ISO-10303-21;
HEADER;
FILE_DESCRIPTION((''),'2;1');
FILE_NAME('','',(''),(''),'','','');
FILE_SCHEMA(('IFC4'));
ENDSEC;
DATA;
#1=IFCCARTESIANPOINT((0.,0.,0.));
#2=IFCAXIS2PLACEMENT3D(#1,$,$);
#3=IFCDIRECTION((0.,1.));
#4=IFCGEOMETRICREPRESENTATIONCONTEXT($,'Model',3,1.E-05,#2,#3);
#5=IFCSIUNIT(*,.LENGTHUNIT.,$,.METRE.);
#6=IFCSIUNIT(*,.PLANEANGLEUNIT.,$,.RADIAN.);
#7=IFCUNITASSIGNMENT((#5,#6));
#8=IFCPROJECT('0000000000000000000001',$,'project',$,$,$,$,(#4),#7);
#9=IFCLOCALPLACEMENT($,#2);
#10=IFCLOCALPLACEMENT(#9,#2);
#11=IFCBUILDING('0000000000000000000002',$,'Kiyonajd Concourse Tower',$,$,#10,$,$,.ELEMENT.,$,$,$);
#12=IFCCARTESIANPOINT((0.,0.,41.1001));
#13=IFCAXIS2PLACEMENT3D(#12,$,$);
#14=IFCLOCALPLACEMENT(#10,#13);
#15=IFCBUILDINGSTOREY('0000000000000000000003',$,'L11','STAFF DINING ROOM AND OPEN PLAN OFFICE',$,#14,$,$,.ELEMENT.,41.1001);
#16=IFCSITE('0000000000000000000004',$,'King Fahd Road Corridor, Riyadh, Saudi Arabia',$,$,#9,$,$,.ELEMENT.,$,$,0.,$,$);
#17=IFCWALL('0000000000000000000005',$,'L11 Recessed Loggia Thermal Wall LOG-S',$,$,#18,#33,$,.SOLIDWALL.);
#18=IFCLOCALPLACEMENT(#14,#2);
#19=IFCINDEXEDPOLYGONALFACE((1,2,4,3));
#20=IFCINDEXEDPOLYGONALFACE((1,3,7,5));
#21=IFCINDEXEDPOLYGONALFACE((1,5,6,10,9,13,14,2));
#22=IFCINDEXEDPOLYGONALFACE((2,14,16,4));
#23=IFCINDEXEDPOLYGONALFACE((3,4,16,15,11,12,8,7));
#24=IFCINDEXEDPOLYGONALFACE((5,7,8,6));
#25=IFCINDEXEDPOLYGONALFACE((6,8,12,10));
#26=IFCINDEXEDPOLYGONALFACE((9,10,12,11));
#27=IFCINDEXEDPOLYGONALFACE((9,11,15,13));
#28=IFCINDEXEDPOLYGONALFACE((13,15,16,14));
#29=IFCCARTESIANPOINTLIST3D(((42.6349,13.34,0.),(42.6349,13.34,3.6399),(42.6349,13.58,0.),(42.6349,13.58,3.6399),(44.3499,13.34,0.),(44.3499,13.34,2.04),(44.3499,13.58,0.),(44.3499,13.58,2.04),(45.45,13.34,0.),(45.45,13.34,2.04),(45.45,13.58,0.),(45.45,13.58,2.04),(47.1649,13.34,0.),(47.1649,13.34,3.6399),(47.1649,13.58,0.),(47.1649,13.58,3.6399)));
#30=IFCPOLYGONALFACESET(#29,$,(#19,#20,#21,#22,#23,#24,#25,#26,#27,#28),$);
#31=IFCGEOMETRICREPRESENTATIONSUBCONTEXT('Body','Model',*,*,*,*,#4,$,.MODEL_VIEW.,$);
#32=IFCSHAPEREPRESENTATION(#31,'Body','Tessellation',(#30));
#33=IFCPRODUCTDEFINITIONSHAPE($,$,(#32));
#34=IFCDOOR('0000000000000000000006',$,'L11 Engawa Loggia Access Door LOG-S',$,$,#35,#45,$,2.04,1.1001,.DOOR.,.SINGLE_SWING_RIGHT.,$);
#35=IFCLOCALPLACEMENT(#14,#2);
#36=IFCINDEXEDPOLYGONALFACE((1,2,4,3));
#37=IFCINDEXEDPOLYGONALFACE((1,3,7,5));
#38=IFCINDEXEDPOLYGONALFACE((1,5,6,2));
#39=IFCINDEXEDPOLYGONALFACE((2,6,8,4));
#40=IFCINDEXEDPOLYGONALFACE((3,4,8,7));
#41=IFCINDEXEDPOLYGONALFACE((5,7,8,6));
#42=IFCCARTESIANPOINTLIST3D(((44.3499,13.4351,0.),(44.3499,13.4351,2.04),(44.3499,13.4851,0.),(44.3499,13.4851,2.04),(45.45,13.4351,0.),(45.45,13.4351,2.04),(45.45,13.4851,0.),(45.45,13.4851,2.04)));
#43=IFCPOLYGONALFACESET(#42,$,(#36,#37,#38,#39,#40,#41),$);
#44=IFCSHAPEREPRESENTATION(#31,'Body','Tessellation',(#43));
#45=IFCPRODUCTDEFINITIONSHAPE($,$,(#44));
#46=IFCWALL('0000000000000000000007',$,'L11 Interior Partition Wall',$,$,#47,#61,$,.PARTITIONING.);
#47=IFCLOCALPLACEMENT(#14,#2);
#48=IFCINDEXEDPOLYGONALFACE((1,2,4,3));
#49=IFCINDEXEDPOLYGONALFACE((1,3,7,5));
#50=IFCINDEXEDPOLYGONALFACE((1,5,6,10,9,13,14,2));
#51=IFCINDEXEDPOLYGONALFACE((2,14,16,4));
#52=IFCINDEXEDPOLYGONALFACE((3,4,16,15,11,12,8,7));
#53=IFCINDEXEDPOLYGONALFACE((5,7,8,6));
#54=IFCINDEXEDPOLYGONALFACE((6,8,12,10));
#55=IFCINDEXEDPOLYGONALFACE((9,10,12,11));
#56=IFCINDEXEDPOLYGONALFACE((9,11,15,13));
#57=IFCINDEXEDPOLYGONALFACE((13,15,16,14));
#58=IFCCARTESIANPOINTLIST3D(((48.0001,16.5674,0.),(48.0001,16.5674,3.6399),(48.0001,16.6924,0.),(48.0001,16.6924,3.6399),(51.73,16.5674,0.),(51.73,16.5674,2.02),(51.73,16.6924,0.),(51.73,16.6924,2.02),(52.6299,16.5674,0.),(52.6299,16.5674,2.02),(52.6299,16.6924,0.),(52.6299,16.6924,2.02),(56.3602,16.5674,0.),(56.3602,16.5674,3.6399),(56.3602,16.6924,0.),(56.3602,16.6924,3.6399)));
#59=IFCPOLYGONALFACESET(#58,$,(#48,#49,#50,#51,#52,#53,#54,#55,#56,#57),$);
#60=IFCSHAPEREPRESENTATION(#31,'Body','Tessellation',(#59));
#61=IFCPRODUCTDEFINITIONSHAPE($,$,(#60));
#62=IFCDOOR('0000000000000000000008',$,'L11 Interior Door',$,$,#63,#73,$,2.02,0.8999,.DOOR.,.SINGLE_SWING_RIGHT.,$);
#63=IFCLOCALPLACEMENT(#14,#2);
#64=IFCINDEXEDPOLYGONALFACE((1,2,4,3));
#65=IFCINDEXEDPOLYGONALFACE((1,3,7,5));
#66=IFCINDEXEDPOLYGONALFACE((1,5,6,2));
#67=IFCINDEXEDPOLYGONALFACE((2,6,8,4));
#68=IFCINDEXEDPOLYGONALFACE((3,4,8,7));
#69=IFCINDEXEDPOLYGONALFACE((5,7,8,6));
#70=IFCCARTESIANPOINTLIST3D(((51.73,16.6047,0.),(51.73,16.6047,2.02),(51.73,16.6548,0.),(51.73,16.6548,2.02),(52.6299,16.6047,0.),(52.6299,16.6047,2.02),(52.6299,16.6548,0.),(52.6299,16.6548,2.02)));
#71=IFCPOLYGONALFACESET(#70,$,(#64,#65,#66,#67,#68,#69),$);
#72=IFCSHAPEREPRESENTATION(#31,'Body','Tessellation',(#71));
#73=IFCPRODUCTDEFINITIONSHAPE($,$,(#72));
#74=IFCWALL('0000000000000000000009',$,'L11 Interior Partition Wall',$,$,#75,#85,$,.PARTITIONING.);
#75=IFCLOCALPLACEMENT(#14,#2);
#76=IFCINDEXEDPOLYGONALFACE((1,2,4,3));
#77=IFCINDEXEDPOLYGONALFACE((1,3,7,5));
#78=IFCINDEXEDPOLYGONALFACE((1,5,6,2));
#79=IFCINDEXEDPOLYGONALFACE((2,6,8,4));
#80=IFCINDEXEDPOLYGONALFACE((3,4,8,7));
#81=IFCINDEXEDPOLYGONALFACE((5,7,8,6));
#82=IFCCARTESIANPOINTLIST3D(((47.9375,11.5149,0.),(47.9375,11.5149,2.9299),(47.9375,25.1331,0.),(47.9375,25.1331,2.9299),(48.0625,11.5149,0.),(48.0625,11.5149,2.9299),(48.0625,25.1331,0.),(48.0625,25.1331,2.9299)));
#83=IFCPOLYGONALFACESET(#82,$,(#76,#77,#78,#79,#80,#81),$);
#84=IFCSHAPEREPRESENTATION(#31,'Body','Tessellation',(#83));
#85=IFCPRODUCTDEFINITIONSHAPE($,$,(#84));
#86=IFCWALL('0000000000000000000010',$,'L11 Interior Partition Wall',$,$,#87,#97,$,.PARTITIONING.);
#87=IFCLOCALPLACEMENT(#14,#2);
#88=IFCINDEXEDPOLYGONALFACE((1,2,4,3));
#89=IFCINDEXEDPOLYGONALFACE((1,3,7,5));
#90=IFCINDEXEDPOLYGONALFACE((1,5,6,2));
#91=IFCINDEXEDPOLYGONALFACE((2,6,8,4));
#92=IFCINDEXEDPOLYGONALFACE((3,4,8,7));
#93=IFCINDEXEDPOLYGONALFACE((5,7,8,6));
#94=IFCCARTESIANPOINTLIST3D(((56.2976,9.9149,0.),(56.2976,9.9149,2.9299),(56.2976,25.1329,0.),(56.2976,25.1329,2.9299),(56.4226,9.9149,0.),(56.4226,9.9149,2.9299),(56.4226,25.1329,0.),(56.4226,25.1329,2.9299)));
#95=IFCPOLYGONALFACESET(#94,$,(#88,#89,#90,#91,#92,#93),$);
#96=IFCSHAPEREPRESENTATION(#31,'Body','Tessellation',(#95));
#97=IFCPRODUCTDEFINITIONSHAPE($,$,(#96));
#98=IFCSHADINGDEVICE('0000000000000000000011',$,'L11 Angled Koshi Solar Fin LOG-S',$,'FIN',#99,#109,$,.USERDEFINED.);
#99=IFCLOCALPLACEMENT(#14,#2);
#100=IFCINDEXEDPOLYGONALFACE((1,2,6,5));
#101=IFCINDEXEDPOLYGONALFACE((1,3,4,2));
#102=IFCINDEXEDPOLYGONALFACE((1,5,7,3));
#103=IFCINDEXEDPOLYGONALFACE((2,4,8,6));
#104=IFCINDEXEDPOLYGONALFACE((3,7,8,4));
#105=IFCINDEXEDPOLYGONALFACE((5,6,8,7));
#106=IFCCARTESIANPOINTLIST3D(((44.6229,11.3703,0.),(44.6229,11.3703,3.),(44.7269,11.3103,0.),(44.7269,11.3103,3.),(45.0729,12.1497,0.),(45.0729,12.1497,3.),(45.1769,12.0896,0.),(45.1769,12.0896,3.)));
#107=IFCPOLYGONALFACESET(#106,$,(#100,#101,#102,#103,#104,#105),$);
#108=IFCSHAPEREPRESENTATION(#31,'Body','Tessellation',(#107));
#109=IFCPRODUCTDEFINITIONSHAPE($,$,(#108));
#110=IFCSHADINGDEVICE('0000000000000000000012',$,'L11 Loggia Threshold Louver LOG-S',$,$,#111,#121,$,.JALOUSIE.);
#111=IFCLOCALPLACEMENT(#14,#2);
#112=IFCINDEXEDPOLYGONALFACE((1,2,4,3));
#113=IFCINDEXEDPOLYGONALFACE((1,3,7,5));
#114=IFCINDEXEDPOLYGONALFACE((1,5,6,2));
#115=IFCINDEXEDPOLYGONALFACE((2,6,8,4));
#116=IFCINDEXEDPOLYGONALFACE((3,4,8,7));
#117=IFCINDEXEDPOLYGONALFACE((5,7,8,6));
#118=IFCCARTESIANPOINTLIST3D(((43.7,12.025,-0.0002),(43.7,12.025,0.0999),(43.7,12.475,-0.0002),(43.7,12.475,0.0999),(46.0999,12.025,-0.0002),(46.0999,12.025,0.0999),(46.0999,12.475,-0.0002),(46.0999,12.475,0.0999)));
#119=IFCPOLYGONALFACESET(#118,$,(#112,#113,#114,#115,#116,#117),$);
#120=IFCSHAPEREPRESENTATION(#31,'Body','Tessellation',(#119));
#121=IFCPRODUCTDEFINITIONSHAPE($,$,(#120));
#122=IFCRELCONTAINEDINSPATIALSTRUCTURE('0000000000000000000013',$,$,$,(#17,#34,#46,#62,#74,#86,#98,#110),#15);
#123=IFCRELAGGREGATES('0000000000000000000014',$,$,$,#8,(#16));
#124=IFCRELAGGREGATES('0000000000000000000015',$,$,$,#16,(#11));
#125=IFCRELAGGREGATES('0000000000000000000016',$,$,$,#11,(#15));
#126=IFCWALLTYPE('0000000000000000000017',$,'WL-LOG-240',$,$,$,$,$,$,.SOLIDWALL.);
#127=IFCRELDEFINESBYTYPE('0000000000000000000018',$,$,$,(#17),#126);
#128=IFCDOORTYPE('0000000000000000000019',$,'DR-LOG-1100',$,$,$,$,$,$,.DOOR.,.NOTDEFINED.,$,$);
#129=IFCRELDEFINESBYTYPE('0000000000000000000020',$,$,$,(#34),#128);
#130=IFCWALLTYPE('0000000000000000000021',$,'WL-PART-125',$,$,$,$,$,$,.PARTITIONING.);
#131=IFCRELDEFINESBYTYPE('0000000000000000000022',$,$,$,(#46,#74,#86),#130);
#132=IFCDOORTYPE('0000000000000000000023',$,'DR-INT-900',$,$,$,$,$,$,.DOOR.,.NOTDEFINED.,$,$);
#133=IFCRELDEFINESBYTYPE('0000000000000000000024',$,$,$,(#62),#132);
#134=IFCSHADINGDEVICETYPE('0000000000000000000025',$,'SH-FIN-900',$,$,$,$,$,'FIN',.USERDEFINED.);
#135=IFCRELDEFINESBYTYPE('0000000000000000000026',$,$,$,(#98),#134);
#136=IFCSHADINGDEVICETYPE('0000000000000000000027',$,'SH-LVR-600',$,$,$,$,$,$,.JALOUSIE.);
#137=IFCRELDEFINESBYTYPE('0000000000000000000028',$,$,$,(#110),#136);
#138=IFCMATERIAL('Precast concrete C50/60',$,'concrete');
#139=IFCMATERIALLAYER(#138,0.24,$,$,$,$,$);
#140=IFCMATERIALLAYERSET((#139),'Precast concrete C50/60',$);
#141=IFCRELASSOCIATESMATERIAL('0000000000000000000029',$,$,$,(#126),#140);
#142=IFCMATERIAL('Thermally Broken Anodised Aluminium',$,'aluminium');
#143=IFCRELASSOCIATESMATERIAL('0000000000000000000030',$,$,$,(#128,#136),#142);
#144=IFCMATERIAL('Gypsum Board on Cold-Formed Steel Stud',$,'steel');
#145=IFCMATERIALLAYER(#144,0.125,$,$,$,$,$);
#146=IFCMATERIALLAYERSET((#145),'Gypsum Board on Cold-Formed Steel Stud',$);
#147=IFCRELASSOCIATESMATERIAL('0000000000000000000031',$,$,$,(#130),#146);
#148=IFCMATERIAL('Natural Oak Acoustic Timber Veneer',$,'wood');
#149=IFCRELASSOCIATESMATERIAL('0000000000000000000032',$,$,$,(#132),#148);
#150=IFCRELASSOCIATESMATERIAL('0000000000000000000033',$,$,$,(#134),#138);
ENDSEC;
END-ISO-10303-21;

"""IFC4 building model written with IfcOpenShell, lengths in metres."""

from ifc_helpers import new_model, si_unit, direction, frame, frame_2d, origin, origin_2d, place, context, subcontext, project, spatial, rectangle, extrude, material, layer, layer_set, type_object, element, fill, save


model = new_model("IFC4")

# Units and contexts
model_context = context("Model", 3, precision=1e-05, world=origin(), true_north=direction((0.0, 1.0)))
body_context = subcontext(model_context, "Body", "Model", "MODEL_VIEW")
ifc_project = project(units=[si_unit("LENGTHUNIT", "METRE"), si_unit("PLANEANGLEUNIT", "RADIAN")], contexts=[model_context])

# Site, building, storey
site_placement = place(None, origin())
site = spatial("IfcSite", under=ifc_project, at=site_placement, Name="King Fahd Road Corridor, Riyadh, Saudi Arabia", CompositionType="ELEMENT", RefElevation=0.0)
building_placement = place(site_placement, origin())
building = spatial("IfcBuilding", under=site, at=building_placement, Name="Kiyonajd Concourse Tower", CompositionType="ELEMENT")
storey_placement = place(building_placement, frame((0.0, 0.0, 41.1001)))
storey = spatial("IfcBuildingStorey", under=building, at=storey_placement, Name="L11", Description="STAFF DINING ROOM AND OPEN PLAN OFFICE", CompositionType="ELEMENT", Elevation=41.1001)

# Shared definitions
ifc_material_1 = material(Name="Precast concrete C50/60", Category="concrete")

# Shared definitions
ifc_material_2 = material(Name="Thermally Broken Anodised Aluminium", Category="aluminium")

# Walls, openings, doors
ifc_layer_1 = layer(ifc_material_1, 0.24)
ifc_layer_set_1 = layer_set([ifc_layer_1], Name="Precast concrete C50/60")
wall_type_1 = type_object("IfcWallType", Name="WL-LOG-240", PredefinedType="SOLIDWALL", material=ifc_layer_set_1)
wall_1_placement = place(storey_placement, frame((47.165, 13.46, 0.0), z_axis=(0.0, 0.0, 1.0), x_axis=(-1.0, 0.0, 0.0)))
wall_1 = element("IfcWall", 1, at=wall_1_placement, inside=storey, type_object=wall_type_1, Name="L11 Recessed Loggia Thermal Wall LOG-S", PredefinedType="SOLIDWALL", context=body_context, shape_type="SweptSolid", body=[
    extrude(rectangle(XDim=4.53, YDim=0.24, at=frame_2d((2.2651, 0.0))), origin(), (0.0, 0.0, 1.0), 3.6399),
])
opening_1_placement = place(wall_1_placement, frame((1.7151, 0.0, 0.0)))
opening_1 = element("IfcOpeningElement", 2, at=opening_1_placement, cuts=wall_1, PredefinedType="OPENING", context=body_context, shape_type="SweptSolid", body=[
    extrude(rectangle(XDim=1.1001, YDim=2.04, at=frame_2d((0.55, 1.02))), frame((0.0, 0.1299, 0.0), z_axis=(0.0, -1.0, 0.0), x_axis=(1.0, 0.0, 0.0)), (0.0, 0.0, 1.0), 0.26),
])
door_type_1 = type_object("IfcDoorType", Name="DR-LOG-1100", OperationType="NOTDEFINED", PredefinedType="DOOR", material=ifc_material_2)
door_1_placement = place(opening_1_placement, origin())
door_1 = element("IfcDoor", 3, at=door_1_placement, inside=storey, type_object=door_type_1, Name="L11 Engawa Loggia Access Door LOG-S", OperationType="SINGLE_SWING_RIGHT", OverallHeight=2.04, OverallWidth=1.1001, PredefinedType="DOOR", context=body_context, shape_type="SweptSolid", body=[
    extrude(rectangle(XDim=1.1001, YDim=2.04, at=frame_2d((0.55, 1.02))), frame((0.0, 0.0249, 0.0), z_axis=(0.0, -1.0, 0.0), x_axis=(1.0, 0.0, 0.0)), (0.0, 0.0, 1.0), 0.05),
])
fill(opening_1, door_1)
ifc_material_3 = material(Name="Gypsum Board on Cold-Formed Steel Stud", Category="steel")
ifc_layer_2 = layer(ifc_material_3, 0.125)
ifc_layer_set_2 = layer_set([ifc_layer_2], Name="Gypsum Board on Cold-Formed Steel Stud")
wall_type_2 = type_object("IfcWallType", Name="WL-PART-125", PredefinedType="PARTITIONING", material=ifc_layer_set_2)
wall_2_placement = place(storey_placement, frame((48.0, 16.6299, 0.0), z_axis=(0.0, 0.0, 1.0), x_axis=(1.0, 0.0, 0.0)))
wall_2 = element("IfcWall", 4, at=wall_2_placement, inside=storey, type_object=wall_type_2, Name="L11 Interior Partition Wall", PredefinedType="PARTITIONING", context=body_context, shape_type="SweptSolid", body=[
    extrude(rectangle(XDim=8.3601, YDim=0.125, at=frame_2d((4.1802, 0.0))), origin(), (0.0, 0.0, 1.0), 3.6399),
])
opening_2_placement = place(wall_2_placement, frame((3.73, 0.0, 0.0)))
opening_2 = element("IfcOpeningElement", 5, at=opening_2_placement, cuts=wall_2, PredefinedType="OPENING", context=body_context, shape_type="SweptSolid", body=[
    extrude(rectangle(XDim=0.8999, YDim=2.02, at=frame_2d((0.45, 1.01))), frame((0.0, 0.0725, 0.0), z_axis=(0.0, -1.0, 0.0), x_axis=(1.0, 0.0, 0.0)), (0.0, 0.0, 1.0), 0.145),
])
ifc_material_4 = material(Name="Natural Oak Acoustic Timber Veneer", Category="wood")
door_type_2 = type_object("IfcDoorType", Name="DR-INT-900", OperationType="NOTDEFINED", PredefinedType="DOOR", material=ifc_material_4)
door_2_placement = place(opening_2_placement, origin())
door_2 = element("IfcDoor", 6, at=door_2_placement, inside=storey, type_object=door_type_2, Name="L11 Interior Door", OperationType="SINGLE_SWING_RIGHT", OverallHeight=2.02, OverallWidth=0.8999, PredefinedType="DOOR", context=body_context, shape_type="SweptSolid", body=[
    extrude(rectangle(XDim=0.8999, YDim=2.02, at=frame_2d((0.45, 1.01))), frame((0.0, 0.0249, 0.0), z_axis=(0.0, -1.0, 0.0), x_axis=(1.0, 0.0, 0.0)), (0.0, 0.0, 1.0), 0.05),
])
fill(opening_2, door_2)

# Walls
wall_3_placement = place(storey_placement, frame((48.0, 11.5149, 0.0), z_axis=(0.0, 0.0, 1.0), x_axis=(0.0, 1.0, 0.0)))
element("IfcWall", 7, at=wall_3_placement, inside=storey, type_object=wall_type_2, Name="L11 Interior Partition Wall", PredefinedType="PARTITIONING", context=body_context, shape_type="SweptSolid", body=[
    extrude(rectangle(XDim=13.6182, YDim=0.125, at=frame_2d((6.8091, 0.0))), origin(), (0.0, 0.0, 1.0), 2.9299),
])
wall_4_placement = place(storey_placement, frame((56.3601, 9.915, 0.0), z_axis=(0.0, 0.0, 1.0), x_axis=(0.0, 1.0, 0.0)))
element("IfcWall", 8, at=wall_4_placement, inside=storey, type_object=wall_type_2, Name="L11 Interior Partition Wall", PredefinedType="PARTITIONING", context=body_context, shape_type="SweptSolid", body=[
    extrude(rectangle(XDim=15.218, YDim=0.125, at=frame_2d((7.6089, 0.0))), origin(), (0.0, 0.0, 1.0), 2.9299),
])

# Shading devices
shading_device_type_1 = type_object("IfcShadingDeviceType", Name="SH-FIN-900", ElementType="FIN", PredefinedType="USERDEFINED", material=ifc_material_1)
shading_device_1_placement = place(storey_placement, frame((44.8999, 11.73, 0.0), z_axis=(0.0, 0.0, 1.0), x_axis=(0.5, 0.866025, 0.0)))
element("IfcShadingDevice", 9, at=shading_device_1_placement, inside=storey, type_object=shading_device_type_1, Name="L11 Angled Koshi Solar Fin LOG-S", ObjectType="FIN", PredefinedType="USERDEFINED", context=body_context, shape_type="SweptSolid", body=[
    extrude(rectangle(XDim=0.8999, YDim=0.1201, at=origin_2d()), origin(), (0.0, 0.0, 1.0), 3.0),
])
shading_device_type_2 = type_object("IfcShadingDeviceType", Name="SH-LVR-600", PredefinedType="JALOUSIE", material=ifc_material_2)
shading_device_2_placement = place(storey_placement, frame((44.8999, 12.25, -0.0002), z_axis=(0.0, 0.0, 1.0), x_axis=(1.0, 0.0, 0.0)))
element("IfcShadingDevice", 10, at=shading_device_2_placement, inside=storey, type_object=shading_device_type_2, Name="L11 Loggia Threshold Louver LOG-S", PredefinedType="JALOUSIE", context=body_context, shape_type="SweptSolid", body=[
    extrude(rectangle(XDim=2.3999, YDim=0.45, at=origin_2d()), origin(), (0.0, 0.0, 1.0), 0.1001),
])

save(model, "model.ifc")
